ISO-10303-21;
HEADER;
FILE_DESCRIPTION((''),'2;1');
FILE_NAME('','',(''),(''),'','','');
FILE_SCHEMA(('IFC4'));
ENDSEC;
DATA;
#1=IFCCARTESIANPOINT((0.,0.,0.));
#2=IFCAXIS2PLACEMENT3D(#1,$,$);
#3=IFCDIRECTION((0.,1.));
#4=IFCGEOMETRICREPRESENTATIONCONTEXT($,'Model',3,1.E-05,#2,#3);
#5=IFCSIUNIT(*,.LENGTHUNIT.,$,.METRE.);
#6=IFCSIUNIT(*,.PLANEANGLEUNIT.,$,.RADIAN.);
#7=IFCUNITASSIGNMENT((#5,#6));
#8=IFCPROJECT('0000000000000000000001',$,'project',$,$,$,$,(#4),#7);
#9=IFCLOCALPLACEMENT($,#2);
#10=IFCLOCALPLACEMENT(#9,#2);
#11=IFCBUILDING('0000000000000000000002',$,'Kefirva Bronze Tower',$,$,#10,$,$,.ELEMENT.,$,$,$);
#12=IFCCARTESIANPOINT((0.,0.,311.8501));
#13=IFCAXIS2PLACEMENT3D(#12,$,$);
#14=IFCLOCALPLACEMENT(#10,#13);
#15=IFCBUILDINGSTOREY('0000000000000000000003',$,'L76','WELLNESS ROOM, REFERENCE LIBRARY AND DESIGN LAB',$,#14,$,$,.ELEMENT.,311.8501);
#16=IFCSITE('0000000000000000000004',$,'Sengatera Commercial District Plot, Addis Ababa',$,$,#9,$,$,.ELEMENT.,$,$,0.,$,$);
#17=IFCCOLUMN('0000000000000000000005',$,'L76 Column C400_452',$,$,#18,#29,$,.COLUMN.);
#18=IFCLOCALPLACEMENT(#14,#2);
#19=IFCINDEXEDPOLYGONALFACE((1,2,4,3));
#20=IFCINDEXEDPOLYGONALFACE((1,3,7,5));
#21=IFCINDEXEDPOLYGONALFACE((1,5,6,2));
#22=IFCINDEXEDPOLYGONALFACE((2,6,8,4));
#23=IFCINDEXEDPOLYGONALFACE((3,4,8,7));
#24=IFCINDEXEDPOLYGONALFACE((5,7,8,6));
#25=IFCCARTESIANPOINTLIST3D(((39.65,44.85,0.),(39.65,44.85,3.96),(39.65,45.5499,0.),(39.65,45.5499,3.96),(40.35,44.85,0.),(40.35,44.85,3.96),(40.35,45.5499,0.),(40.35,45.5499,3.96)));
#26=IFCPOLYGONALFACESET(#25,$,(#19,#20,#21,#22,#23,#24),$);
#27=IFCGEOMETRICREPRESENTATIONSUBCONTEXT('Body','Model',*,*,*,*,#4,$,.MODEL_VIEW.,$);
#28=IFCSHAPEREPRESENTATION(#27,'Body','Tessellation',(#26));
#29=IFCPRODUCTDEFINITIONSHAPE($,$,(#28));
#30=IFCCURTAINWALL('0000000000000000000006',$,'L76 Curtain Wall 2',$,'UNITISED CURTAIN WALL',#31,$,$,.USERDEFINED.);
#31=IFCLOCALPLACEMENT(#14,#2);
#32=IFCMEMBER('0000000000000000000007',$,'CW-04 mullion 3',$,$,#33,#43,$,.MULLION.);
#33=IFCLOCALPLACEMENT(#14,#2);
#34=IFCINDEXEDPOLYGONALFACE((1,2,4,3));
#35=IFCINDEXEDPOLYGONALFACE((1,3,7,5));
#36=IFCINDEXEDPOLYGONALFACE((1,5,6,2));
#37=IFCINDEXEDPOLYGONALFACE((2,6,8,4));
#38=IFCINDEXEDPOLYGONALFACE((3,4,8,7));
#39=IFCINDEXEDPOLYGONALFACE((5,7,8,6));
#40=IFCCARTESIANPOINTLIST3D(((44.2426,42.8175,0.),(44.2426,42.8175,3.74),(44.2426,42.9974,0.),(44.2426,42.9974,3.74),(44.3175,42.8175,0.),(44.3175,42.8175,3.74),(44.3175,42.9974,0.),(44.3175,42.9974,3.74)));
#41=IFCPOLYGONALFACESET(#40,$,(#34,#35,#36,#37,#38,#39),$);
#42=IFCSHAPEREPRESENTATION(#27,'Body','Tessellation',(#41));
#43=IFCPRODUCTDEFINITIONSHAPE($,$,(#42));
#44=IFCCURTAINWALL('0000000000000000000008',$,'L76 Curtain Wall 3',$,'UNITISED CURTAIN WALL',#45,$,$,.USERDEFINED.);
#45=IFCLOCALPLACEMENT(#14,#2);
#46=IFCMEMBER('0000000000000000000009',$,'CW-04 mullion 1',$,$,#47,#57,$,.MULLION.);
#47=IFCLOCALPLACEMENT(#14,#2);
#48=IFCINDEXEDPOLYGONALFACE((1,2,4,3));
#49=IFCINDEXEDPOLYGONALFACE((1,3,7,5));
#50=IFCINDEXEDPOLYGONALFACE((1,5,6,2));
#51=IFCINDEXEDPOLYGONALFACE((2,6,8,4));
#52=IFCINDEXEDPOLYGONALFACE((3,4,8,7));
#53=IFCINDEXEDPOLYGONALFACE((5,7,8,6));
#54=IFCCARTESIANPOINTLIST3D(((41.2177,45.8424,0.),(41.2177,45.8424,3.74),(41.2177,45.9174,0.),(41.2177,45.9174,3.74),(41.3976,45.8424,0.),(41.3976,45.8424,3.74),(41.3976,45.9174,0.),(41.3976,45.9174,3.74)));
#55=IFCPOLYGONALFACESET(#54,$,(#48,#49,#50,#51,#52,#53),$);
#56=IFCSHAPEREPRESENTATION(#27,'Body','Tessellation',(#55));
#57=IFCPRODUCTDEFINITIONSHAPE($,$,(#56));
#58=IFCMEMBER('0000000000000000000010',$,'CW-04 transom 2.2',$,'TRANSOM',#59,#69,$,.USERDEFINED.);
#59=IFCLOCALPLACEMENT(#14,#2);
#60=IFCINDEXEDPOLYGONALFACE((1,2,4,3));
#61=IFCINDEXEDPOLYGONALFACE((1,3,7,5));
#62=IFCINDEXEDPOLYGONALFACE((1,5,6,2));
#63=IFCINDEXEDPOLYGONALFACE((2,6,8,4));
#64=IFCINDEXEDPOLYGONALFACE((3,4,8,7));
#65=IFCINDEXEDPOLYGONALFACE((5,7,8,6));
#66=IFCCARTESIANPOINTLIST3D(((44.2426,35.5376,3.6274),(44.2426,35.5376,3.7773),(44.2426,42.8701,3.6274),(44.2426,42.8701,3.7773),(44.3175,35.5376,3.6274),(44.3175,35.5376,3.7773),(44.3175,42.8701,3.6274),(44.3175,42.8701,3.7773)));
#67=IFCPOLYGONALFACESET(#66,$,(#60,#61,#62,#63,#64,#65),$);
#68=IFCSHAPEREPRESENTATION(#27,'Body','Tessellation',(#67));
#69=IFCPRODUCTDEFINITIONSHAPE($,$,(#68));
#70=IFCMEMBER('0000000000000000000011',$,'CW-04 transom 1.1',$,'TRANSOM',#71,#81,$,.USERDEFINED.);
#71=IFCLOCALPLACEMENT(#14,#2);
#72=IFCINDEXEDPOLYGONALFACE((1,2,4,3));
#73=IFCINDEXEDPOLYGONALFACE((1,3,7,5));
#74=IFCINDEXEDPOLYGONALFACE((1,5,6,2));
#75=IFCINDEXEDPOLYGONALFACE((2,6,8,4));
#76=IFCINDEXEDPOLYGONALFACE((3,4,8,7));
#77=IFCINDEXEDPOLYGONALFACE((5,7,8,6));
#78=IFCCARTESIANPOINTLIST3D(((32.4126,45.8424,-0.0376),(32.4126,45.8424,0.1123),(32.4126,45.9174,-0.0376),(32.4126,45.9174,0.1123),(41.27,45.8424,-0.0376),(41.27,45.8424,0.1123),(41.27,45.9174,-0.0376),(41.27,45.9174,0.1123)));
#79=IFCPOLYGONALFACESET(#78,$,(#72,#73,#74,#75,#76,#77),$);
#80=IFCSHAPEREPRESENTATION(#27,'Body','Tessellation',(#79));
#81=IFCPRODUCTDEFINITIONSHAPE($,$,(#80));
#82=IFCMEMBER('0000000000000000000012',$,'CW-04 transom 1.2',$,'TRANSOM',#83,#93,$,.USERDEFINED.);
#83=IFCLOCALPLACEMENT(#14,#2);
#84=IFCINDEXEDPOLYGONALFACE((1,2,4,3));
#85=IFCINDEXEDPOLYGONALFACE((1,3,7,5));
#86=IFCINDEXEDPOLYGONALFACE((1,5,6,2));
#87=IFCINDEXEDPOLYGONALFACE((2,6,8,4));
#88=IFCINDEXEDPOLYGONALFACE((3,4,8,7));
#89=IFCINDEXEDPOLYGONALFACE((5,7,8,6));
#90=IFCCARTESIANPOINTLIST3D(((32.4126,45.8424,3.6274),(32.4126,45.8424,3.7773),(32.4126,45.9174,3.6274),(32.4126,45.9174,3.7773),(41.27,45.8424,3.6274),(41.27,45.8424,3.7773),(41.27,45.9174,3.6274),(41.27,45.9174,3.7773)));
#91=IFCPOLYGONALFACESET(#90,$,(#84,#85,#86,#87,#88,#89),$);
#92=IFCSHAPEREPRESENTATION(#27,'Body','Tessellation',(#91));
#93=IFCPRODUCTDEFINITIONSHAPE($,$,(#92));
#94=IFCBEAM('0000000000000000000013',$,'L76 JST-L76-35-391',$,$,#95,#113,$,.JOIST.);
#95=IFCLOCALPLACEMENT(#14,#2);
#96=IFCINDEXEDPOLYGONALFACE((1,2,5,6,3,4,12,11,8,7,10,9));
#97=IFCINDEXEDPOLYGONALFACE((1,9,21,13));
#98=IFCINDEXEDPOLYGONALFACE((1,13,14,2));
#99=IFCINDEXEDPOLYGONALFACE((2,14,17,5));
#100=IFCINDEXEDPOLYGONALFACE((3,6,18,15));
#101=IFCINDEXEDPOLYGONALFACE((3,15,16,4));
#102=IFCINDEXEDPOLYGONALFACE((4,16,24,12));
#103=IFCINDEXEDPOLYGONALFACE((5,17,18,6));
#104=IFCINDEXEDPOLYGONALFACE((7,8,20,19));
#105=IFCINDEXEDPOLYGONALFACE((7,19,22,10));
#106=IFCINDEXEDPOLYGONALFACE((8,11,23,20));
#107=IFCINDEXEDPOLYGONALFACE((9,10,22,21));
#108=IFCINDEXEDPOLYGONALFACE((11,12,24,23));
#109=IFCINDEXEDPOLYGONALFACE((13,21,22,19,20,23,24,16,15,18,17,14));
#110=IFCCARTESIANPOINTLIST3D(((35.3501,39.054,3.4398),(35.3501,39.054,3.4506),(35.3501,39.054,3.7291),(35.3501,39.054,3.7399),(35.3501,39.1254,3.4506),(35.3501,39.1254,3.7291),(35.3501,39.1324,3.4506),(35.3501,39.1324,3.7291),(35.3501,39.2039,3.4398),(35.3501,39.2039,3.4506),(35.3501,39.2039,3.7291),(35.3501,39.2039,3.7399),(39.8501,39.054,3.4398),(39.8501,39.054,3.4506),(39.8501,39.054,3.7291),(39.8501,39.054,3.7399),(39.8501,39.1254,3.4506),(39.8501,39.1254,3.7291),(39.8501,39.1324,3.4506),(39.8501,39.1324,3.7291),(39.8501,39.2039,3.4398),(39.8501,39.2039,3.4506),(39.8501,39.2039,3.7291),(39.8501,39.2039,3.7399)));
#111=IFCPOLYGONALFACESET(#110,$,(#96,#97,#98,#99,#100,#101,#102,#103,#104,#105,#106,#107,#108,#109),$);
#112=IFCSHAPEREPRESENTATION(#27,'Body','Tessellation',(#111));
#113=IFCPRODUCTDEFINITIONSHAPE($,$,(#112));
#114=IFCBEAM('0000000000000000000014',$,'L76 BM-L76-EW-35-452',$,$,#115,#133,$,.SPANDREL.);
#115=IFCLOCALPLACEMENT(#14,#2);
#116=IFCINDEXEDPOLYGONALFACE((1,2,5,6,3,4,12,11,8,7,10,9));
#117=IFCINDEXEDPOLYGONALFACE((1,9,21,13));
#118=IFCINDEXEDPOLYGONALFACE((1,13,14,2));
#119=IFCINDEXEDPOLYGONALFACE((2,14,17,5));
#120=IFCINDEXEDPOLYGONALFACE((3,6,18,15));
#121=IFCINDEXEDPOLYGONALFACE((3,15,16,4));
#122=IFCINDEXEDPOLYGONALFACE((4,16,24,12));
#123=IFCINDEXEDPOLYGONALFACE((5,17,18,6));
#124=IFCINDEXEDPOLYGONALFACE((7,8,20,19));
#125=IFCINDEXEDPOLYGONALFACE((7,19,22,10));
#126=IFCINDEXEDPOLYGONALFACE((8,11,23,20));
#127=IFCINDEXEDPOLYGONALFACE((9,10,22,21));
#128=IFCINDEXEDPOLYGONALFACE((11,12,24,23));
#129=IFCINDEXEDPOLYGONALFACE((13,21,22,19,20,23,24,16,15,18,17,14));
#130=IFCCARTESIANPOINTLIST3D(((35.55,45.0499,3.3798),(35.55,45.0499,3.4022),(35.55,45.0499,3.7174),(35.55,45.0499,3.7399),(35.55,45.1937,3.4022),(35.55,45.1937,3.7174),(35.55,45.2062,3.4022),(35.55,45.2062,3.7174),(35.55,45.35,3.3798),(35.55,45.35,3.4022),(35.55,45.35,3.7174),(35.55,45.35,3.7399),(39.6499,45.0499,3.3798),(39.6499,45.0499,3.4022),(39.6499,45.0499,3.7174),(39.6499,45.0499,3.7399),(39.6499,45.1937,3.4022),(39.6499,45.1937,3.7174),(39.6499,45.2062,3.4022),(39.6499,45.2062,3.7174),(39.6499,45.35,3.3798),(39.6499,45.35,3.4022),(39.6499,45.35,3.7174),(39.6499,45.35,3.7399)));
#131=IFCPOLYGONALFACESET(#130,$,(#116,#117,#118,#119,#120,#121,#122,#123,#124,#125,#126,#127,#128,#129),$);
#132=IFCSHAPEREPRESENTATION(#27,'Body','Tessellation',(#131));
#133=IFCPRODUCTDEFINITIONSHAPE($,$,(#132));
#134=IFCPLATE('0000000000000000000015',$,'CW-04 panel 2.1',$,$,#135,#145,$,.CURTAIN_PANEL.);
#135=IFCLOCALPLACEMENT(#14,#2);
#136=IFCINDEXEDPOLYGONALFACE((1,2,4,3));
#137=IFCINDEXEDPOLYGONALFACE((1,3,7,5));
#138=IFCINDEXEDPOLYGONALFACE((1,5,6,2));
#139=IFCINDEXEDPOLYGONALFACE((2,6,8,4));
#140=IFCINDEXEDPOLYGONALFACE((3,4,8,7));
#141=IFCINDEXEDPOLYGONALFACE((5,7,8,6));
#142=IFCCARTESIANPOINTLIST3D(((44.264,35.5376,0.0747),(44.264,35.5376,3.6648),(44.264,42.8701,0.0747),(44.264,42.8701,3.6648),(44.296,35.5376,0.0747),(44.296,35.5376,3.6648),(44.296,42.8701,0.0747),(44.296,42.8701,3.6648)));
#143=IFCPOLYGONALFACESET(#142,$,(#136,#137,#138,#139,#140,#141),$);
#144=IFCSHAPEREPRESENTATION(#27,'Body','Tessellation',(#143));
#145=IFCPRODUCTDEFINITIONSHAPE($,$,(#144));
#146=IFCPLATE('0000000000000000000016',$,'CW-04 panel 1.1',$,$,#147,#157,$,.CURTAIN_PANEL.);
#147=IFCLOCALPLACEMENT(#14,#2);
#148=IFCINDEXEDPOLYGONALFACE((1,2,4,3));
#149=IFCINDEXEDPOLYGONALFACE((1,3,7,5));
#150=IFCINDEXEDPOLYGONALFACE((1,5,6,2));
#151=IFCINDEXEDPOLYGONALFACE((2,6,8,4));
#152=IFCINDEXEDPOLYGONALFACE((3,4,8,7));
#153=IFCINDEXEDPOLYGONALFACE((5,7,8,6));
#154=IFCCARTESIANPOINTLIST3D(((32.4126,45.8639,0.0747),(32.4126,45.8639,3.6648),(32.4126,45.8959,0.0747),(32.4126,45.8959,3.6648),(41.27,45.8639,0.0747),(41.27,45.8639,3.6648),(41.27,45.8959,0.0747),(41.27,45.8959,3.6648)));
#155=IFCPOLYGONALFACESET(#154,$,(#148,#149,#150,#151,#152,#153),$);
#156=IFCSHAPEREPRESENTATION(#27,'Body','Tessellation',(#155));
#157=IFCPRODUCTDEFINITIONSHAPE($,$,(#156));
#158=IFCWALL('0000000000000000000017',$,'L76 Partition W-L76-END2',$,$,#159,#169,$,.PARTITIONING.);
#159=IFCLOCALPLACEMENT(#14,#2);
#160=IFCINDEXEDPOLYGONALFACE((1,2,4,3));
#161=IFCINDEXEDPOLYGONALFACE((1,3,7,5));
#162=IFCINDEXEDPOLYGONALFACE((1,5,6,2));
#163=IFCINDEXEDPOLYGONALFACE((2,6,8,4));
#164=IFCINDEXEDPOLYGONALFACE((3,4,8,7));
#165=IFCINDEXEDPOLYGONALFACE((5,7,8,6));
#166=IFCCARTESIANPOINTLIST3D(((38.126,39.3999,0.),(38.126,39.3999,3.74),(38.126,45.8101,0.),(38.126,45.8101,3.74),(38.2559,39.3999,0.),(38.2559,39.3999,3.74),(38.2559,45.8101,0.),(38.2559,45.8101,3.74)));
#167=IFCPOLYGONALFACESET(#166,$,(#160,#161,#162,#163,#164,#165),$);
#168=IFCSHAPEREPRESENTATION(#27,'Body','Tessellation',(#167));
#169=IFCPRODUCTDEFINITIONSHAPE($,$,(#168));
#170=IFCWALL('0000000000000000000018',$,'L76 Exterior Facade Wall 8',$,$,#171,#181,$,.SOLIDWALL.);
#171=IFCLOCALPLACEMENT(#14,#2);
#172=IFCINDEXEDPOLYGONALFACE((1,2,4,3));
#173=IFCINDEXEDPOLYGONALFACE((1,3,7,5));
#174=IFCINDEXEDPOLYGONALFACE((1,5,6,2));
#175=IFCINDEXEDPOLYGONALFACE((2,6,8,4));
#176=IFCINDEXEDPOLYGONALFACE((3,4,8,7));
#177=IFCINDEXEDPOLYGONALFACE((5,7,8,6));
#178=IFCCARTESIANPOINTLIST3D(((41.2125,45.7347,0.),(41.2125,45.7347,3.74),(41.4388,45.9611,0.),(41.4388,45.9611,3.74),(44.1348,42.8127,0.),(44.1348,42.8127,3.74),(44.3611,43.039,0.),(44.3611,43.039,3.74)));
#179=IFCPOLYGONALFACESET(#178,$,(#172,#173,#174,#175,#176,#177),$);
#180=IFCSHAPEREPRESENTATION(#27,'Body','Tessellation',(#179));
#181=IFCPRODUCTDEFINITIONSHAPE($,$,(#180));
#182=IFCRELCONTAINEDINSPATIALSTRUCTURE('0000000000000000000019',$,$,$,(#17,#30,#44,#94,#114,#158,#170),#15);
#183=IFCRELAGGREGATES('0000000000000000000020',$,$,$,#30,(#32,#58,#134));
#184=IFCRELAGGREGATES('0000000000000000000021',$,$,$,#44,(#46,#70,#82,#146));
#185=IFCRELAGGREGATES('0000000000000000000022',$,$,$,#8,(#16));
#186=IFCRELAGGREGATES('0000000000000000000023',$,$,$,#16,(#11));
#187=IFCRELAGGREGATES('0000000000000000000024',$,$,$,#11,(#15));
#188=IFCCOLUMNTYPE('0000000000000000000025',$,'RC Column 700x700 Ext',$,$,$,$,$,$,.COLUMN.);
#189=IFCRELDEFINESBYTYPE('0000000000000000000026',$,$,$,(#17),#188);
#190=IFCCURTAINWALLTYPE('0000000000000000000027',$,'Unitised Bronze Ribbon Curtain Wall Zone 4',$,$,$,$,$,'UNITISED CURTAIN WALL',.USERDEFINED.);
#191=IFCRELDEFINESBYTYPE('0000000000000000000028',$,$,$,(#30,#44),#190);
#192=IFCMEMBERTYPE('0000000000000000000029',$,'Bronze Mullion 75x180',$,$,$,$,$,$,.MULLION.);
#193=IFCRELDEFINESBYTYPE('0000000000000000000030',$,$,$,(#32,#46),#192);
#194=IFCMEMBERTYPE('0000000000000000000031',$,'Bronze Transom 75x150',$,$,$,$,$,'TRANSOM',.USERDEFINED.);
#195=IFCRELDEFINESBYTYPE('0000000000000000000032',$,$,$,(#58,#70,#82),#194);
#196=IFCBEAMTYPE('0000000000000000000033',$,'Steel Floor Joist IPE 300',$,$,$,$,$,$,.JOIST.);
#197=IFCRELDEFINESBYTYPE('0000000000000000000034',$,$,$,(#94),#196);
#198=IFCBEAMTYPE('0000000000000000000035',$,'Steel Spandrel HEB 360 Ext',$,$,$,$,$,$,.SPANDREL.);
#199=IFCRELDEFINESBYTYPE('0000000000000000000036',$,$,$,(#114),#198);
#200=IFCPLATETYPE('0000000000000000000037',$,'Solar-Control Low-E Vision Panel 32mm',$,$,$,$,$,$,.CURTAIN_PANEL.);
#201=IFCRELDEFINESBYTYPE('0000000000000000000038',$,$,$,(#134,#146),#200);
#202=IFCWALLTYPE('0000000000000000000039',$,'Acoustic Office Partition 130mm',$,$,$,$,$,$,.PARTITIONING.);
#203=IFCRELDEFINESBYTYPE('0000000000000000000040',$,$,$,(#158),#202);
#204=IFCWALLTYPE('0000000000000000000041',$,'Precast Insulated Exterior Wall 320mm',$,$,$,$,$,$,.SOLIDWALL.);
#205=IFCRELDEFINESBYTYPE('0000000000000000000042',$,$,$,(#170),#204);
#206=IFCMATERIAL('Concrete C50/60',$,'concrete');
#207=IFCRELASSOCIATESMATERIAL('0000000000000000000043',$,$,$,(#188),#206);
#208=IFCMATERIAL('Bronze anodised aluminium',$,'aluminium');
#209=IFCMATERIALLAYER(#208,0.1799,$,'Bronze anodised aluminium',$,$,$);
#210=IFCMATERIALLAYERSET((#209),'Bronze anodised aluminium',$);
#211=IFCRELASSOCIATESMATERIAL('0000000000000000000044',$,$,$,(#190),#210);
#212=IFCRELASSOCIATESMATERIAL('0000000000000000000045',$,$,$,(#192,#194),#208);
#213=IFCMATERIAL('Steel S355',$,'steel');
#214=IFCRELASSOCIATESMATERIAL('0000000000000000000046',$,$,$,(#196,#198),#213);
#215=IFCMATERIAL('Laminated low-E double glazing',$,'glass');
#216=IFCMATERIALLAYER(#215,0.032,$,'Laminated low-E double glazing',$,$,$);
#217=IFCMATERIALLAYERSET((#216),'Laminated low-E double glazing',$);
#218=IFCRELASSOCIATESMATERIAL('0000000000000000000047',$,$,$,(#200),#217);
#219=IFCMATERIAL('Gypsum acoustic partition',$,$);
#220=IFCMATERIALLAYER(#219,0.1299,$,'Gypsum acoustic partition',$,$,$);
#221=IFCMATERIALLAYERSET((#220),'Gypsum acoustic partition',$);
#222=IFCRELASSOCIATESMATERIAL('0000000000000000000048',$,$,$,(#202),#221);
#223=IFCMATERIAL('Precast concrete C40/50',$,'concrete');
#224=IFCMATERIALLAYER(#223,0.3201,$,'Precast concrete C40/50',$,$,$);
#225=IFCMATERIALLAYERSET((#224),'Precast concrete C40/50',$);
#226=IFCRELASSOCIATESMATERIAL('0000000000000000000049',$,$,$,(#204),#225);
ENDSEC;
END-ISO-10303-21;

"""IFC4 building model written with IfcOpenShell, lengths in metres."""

from ifc_helpers import new_model, si_unit, direction, frame, frame_2d, origin, origin_2d, place, context, subcontext, project, spatial, rectangle, i_section, extrude, material, layer, layer_set, material_profile, profile_set, type_object, element, aggregate, save


model = new_model("IFC4")

# Units and contexts
model_context = context("Model", 3, precision=1e-05, world=origin(), true_north=direction((0.0, 1.0)))
body_context = subcontext(model_context, "Body", "Model", "MODEL_VIEW")
ifc_project = project(units=[si_unit("LENGTHUNIT", "METRE"), si_unit("PLANEANGLEUNIT", "RADIAN")], contexts=[model_context])

# Site, building, storey
site_placement = place(None, origin())
site = spatial("IfcSite", under=ifc_project, at=site_placement, Name="Sengatera Commercial District Plot, Addis Ababa", CompositionType="ELEMENT", RefElevation=0.0)
building_placement = place(site_placement, origin())
building = spatial("IfcBuilding", under=site, at=building_placement, Name="Kefirva Bronze Tower", CompositionType="ELEMENT")
storey_placement = place(building_placement, frame((0.0, 0.0, 311.8501)))
storey = spatial("IfcBuildingStorey", under=building, at=storey_placement, Name="L76", Description="WELLNESS ROOM, REFERENCE LIBRARY AND DESIGN LAB", CompositionType="ELEMENT", Elevation=311.8501)

# Column
ifc_material_1 = material(Name="Concrete C50/60", Category="concrete")
ifc_material_profile_1 = material_profile(ifc_material_1, rectangle(XDim=0.7, YDim=0.7, at=origin_2d()), Name="RC 700x700")
ifc_profile_set_1 = profile_set([ifc_material_profile_1], Name="Concrete C50/60")
column_type = type_object("IfcColumnType", Name="RC Column 700x700 Ext", PredefinedType="COLUMN", material=ifc_profile_set_1)
column_placement = place(storey_placement, frame((40.0, 45.2, 0.0), z_axis=(0.0, 0.0, 1.0), x_axis=(1.0, 0.0, 0.0)))
element("IfcColumn", 1, at=column_placement, inside=storey, type_object=column_type, Name="L76 Column C400_452", PredefinedType="COLUMN", context=body_context, shape_type="SweptSolid", body=[
    extrude(rectangle(XDim=0.7, YDim=0.7, at=origin_2d()), origin(), (0.0, 0.0, 1.0), 3.96),
])

# Curtain walls, members
ifc_material_2 = material(Name="Bronze anodised aluminium", Category="aluminium")
ifc_layer_1 = layer(ifc_material_2, 0.1799, Name="Bronze anodised aluminium")
ifc_layer_set_1 = layer_set([ifc_layer_1], Name="Bronze anodised aluminium")
curtain_wall_type = type_object("IfcCurtainWallType", Name="Unitised Bronze Ribbon Curtain Wall Zone 4", ElementType="UNITISED CURTAIN WALL", PredefinedType="USERDEFINED", material=ifc_layer_set_1)
curtain_wall_1_placement = place(storey_placement, origin())
curtain_wall_1 = element("IfcCurtainWall", 2, at=curtain_wall_1_placement, inside=storey, type_object=curtain_wall_type, Name="L76 Curtain Wall 2", ObjectType="UNITISED CURTAIN WALL", PredefinedType="USERDEFINED")
ifc_material_profile_2 = material_profile(ifc_material_2, rectangle(XDim=0.075, YDim=0.1799, at=origin_2d()), Name="ALU 75x180")
ifc_profile_set_2 = profile_set([ifc_material_profile_2], Name="Bronze anodised aluminium")
member_type_1 = type_object("IfcMemberType", Name="Bronze Mullion 75x180", PredefinedType="MULLION", material=ifc_profile_set_2)
member_1_placement = place(storey_placement, frame((44.28, 42.9075, 0.0), z_axis=(0.0, 0.0, 1.0), x_axis=(-1.0, 0.0, 0.0)))
member_1 = element("IfcMember", 3, at=member_1_placement, type_object=member_type_1, Name="CW-04 mullion 3", PredefinedType="MULLION", context=body_context, shape_type="SweptSolid", body=[
    extrude(rectangle(XDim=0.075, YDim=0.1799, at=origin_2d()), origin(), (0.0, 0.0, 1.0), 3.74),
])
curtain_wall_2_placement = place(storey_placement, origin())
curtain_wall_2 = element("IfcCurtainWall", 4, at=curtain_wall_2_placement, inside=storey, type_object=curtain_wall_type, Name="L76 Curtain Wall 3", ObjectType="UNITISED CURTAIN WALL", PredefinedType="USERDEFINED")
member_2_placement = place(storey_placement, frame((41.3076, 45.8799, 0.0), z_axis=(0.0, 0.0, 1.0), x_axis=(0.0, -1.0, 0.0)))
member_2 = element("IfcMember", 5, at=member_2_placement, type_object=member_type_1, Name="CW-04 mullion 1", PredefinedType="MULLION", context=body_context, shape_type="SweptSolid", body=[
    extrude(rectangle(XDim=0.075, YDim=0.1799, at=origin_2d()), origin(), (0.0, 0.0, 1.0), 3.74),
])

# Members
ifc_material_profile_3 = material_profile(ifc_material_2, rectangle(XDim=0.075, YDim=0.1499, at=origin_2d()), Name="ALU 75x150")
ifc_profile_set_3 = profile_set([ifc_material_profile_3], Name="Bronze anodised aluminium")
member_type_2 = type_object("IfcMemberType", Name="Bronze Transom 75x150", ElementType="TRANSOM", PredefinedType="USERDEFINED", material=ifc_profile_set_3)
member_3_placement = place(storey_placement, frame((44.28, 35.5376, 3.7024), z_axis=(0.0, 1.0, 0.0), x_axis=(-1.0, 0.0, 0.0)))
member_3 = element("IfcMember", 6, at=member_3_placement, type_object=member_type_2, Name="CW-04 transom 2.2", ObjectType="TRANSOM", PredefinedType="USERDEFINED", context=body_context, shape_type="SweptSolid", body=[
    extrude(rectangle(XDim=0.075, YDim=0.1499, at=origin_2d()), origin(), (0.0, 0.0, 1.0), 7.3325),
])
member_4_placement = place(storey_placement, frame((41.27, 45.8799, 0.0374), z_axis=(-1.0, 0.0, 0.0), x_axis=(0.0, -1.0, 0.0)))
member_4 = element("IfcMember", 7, at=member_4_placement, type_object=member_type_2, Name="CW-04 transom 1.1", ObjectType="TRANSOM", PredefinedType="USERDEFINED", context=body_context, shape_type="SweptSolid", body=[
    extrude(rectangle(XDim=0.075, YDim=0.1499, at=origin_2d()), origin(), (0.0, 0.0, 1.0), 8.8574),
])
member_5_placement = place(storey_placement, frame((41.27, 45.8799, 3.7024), z_axis=(-1.0, 0.0, 0.0), x_axis=(0.0, -1.0, 0.0)))
member_5 = element("IfcMember", 8, at=member_5_placement, type_object=member_type_2, Name="CW-04 transom 1.2", ObjectType="TRANSOM", PredefinedType="USERDEFINED", context=body_context, shape_type="SweptSolid", body=[
    extrude(rectangle(XDim=0.075, YDim=0.1499, at=origin_2d()), origin(), (0.0, 0.0, 1.0), 8.8574),
])

# Beams
ifc_material_3 = material(Name="Steel S355", Category="steel")
ifc_material_profile_4 = material_profile(ifc_material_3, i_section(OverallWidth=0.1499, OverallDepth=0.3, WebThickness=0.0071, FlangeThickness=0.0107, at=origin_2d()), Name="IPE 300")
ifc_profile_set_4 = profile_set([ifc_material_profile_4], Name="Steel S355")
beam_type_1 = type_object("IfcBeamType", Name="Steel Floor Joist IPE 300", PredefinedType="JOIST", material=ifc_profile_set_4)
beam_1_placement = place(storey_placement, frame((35.3501, 39.1289, 3.5898), z_axis=(1.0, 0.0, 0.0), x_axis=(0.0, 1.0, 0.0)))
element("IfcBeam", 9, at=beam_1_placement, inside=storey, type_object=beam_type_1, Name="L76 JST-L76-35-391", PredefinedType="JOIST", context=body_context, shape_type="SweptSolid", body=[
    extrude(i_section(OverallWidth=0.1499, OverallDepth=0.3, WebThickness=0.0071, FlangeThickness=0.0107, at=origin_2d()), origin(), (0.0, 0.0, 1.0), 4.5),
])
ifc_material_profile_5 = material_profile(ifc_material_3, i_section(OverallWidth=0.3, OverallDepth=0.3601, WebThickness=0.0125, FlangeThickness=0.0225, at=origin_2d()), Name="HEB 360")
ifc_profile_set_5 = profile_set([ifc_material_profile_5], Name="Steel S355")
beam_type_2 = type_object("IfcBeamType", Name="Steel Spandrel HEB 360 Ext", PredefinedType="SPANDREL", material=ifc_profile_set_5)
beam_2_placement = place(storey_placement, frame((35.55, 45.2, 3.5598), z_axis=(1.0, 0.0, 0.0), x_axis=(0.0, 1.0, 0.0)))
element("IfcBeam", 10, at=beam_2_placement, inside=storey, type_object=beam_type_2, Name="L76 BM-L76-EW-35-452", PredefinedType="SPANDREL", context=body_context, shape_type="SweptSolid", body=[
    extrude(i_section(OverallWidth=0.3, OverallDepth=0.3601, WebThickness=0.0125, FlangeThickness=0.0225, at=origin_2d()), origin(), (0.0, 0.0, 1.0), 4.0999),
])

# Plates
ifc_material_4 = material(Name="Laminated low-E double glazing", Category="glass")
ifc_layer_2 = layer(ifc_material_4, 0.032, Name="Laminated low-E double glazing")
ifc_layer_set_2 = layer_set([ifc_layer_2], Name="Laminated low-E double glazing")
plate_type = type_object("IfcPlateType", Name="Solar-Control Low-E Vision Panel 32mm", PredefinedType="CURTAIN_PANEL", material=ifc_layer_set_2)
plate_1_placement = place(storey_placement, frame((44.28, 39.2039, 0.0747), z_axis=(0.0, 0.0, 1.0), x_axis=(0.0, 1.0, 0.0)))
plate_1 = element("IfcPlate", 11, at=plate_1_placement, type_object=plate_type, Name="CW-04 panel 2.1", PredefinedType="CURTAIN_PANEL", context=body_context, shape_type="SweptSolid", body=[
    extrude(rectangle(XDim=7.3325, YDim=0.032, at=origin_2d()), origin(), (0.0, 0.0, 1.0), 3.5901),
])
aggregate(curtain_wall_1, [member_1, member_3, plate_1])
plate_2_placement = place(storey_placement, frame((36.8413, 45.8799, 0.0747), z_axis=(0.0, 0.0, 1.0), x_axis=(-1.0, 0.0, 0.0)))
plate_2 = element("IfcPlate", 12, at=plate_2_placement, type_object=plate_type, Name="CW-04 panel 1.1", PredefinedType="CURTAIN_PANEL", context=body_context, shape_type="SweptSolid", body=[
    extrude(rectangle(XDim=8.8574, YDim=0.032, at=origin_2d()), origin(), (0.0, 0.0, 1.0), 3.5901),
])
aggregate(curtain_wall_2, [member_2, member_4, member_5, plate_2])

# Walls
ifc_material_5 = material(Name="Gypsum acoustic partition")
ifc_layer_3 = layer(ifc_material_5, 0.1299, Name="Gypsum acoustic partition")
ifc_layer_set_3 = layer_set([ifc_layer_3], Name="Gypsum acoustic partition")
wall_type_1 = type_object("IfcWallType", Name="Acoustic Office Partition 130mm", PredefinedType="PARTITIONING", material=ifc_layer_set_3)
wall_1_placement = place(storey_placement, frame((38.1909, 39.3999, 0.0), z_axis=(0.0, 0.0, 1.0), x_axis=(0.0, 1.0, 0.0)))
element("IfcWall", 13, at=wall_1_placement, inside=storey, type_object=wall_type_1, Name="L76 Partition W-L76-END2", PredefinedType="PARTITIONING", context=body_context, shape_type="SweptSolid", body=[
    extrude(rectangle(XDim=6.4102, YDim=0.1299, at=frame_2d((3.2051, 0.0))), origin(), (0.0, 0.0, 1.0), 3.74),
])
ifc_material_6 = material(Name="Precast concrete C40/50", Category="concrete")
ifc_layer_4 = layer(ifc_material_6, 0.3201, Name="Precast concrete C40/50")
ifc_layer_set_4 = layer_set([ifc_layer_4], Name="Precast concrete C40/50")
wall_type_2 = type_object("IfcWallType", Name="Precast Insulated Exterior Wall 320mm", PredefinedType="SOLIDWALL", material=ifc_layer_set_4)
wall_2_placement = place(storey_placement, frame((44.248, 42.9258, 0.0), z_axis=(0.0, 0.0, 1.0), x_axis=(-0.707136, 0.707077, 0.0)))
element("IfcWall", 14, at=wall_2_placement, inside=storey, type_object=wall_type_2, Name="L76 Exterior Facade Wall 8", PredefinedType="SOLIDWALL", context=body_context, shape_type="SweptSolid", body=[
    extrude(rectangle(XDim=4.1326, YDim=0.3201, at=frame_2d((2.0664, 0.0))), origin(), (0.0, 0.0, 1.0), 3.74),
])

save(model, "model.ifc")
